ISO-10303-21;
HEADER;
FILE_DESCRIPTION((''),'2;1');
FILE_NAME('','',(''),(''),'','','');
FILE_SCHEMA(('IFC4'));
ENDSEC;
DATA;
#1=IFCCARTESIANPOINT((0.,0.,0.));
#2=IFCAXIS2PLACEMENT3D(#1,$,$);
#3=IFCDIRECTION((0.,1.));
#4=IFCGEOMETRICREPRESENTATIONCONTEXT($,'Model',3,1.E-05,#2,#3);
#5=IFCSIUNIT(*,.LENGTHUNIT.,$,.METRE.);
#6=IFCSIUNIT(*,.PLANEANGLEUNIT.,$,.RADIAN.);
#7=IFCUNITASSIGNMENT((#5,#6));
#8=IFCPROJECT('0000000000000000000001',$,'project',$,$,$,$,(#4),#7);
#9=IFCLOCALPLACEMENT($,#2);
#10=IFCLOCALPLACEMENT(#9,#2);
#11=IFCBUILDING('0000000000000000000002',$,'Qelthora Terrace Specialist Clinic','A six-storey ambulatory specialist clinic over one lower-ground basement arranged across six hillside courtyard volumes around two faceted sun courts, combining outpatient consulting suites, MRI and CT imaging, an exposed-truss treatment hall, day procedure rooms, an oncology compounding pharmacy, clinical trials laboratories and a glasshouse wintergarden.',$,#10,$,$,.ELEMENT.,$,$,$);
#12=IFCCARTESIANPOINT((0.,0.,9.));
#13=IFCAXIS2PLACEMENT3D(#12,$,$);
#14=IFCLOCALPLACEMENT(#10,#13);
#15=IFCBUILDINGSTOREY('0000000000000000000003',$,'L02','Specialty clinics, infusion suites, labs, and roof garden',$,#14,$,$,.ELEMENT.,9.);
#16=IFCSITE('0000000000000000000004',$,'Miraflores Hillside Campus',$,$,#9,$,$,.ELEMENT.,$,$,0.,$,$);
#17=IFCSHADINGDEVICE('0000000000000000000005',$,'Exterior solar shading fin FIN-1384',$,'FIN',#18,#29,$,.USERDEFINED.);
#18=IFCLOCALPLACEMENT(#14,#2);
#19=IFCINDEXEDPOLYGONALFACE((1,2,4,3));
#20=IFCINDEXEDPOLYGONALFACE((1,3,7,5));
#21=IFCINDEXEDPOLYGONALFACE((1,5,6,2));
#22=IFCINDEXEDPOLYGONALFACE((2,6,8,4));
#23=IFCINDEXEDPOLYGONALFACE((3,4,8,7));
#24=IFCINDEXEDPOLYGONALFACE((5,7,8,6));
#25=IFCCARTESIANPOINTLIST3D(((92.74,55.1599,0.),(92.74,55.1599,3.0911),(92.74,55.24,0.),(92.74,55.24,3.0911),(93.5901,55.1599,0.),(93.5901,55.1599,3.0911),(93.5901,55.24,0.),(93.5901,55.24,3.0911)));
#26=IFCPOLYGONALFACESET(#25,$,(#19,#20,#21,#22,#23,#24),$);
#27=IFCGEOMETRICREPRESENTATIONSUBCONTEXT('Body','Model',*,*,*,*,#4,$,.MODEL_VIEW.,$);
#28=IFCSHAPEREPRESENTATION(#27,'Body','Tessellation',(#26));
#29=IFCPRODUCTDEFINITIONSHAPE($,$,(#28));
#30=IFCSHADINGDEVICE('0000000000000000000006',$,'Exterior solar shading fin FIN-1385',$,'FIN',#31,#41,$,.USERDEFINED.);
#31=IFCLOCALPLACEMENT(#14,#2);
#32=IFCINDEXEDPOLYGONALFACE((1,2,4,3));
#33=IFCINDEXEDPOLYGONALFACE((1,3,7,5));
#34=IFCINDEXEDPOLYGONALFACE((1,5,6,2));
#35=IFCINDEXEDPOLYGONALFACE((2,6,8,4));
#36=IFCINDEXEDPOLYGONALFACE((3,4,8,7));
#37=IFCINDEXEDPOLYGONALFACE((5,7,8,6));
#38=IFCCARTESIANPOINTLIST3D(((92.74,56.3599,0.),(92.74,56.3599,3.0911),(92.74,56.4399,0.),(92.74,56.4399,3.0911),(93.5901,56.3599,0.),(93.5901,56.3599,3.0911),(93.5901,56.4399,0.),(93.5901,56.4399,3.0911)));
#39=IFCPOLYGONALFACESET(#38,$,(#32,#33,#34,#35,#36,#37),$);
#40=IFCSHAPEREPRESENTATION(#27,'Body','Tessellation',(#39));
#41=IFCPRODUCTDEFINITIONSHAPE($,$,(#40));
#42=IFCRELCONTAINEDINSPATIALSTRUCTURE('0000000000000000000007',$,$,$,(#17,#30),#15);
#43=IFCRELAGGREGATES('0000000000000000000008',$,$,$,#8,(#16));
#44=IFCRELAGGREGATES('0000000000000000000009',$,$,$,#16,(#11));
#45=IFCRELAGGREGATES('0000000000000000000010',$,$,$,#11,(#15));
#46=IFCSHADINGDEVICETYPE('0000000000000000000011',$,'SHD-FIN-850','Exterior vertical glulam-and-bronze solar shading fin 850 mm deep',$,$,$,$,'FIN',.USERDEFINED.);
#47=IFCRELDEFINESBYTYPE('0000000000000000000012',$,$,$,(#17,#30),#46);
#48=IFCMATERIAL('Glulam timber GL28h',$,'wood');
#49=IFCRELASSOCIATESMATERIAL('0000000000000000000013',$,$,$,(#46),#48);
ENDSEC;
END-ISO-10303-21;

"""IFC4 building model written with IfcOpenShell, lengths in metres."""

from ifc_helpers import new_model, si_unit, direction, frame, origin, origin_2d, place, context, subcontext, project, spatial, rectangle, extrude, material, type_object, element, save


model = new_model("IFC4")

# Units and contexts
model_context = context("Model", 3, precision=1e-05, world=origin(), true_north=direction((0.0, 1.0)))
body_context = subcontext(model_context, "Body", "Model", "MODEL_VIEW")
ifc_project = project(units=[si_unit("LENGTHUNIT", "METRE"), si_unit("PLANEANGLEUNIT", "RADIAN")], contexts=[model_context])

# Site, building, storey
site_placement = place(None, origin())
site = spatial("IfcSite", under=ifc_project, at=site_placement, Name="Miraflores Hillside Campus", CompositionType="ELEMENT", RefElevation=0.0)
building_placement = place(site_placement, origin())
building = spatial("IfcBuilding", under=site, at=building_placement, Name="Qelthora Terrace Specialist Clinic", Description="A six-storey ambulatory specialist clinic over one lower-ground basement arranged across six hillside courtyard volumes around two faceted sun courts, combining outpatient consulting suites, MRI and CT imaging, an exposed-truss treatment hall, day procedure rooms, an oncology compounding pharmacy, clinical trials laboratories and a glasshouse wintergarden.", CompositionType="ELEMENT")
storey_placement = place(building_placement, frame((0.0, 0.0, 9.0)))
storey = spatial("IfcBuildingStorey", under=building, at=storey_placement, Name="L02", Description="Specialty clinics, infusion suites, labs, and roof garden", CompositionType="ELEMENT", Elevation=9.0)

# Shading devices
ifc_material_1 = material(Name="Glulam timber GL28h", Category="wood")
shading_device_type = type_object("IfcShadingDeviceType", Name="SHD-FIN-850", Description="Exterior vertical glulam-and-bronze solar shading fin 850 mm deep", ElementType="FIN", PredefinedType="USERDEFINED", material=ifc_material_1)
for number, where, z_axis, x_axis, name in (
    (1, (93.165, 55.2, 0.0), (0.0, 0.0, 1.0), (-1.0, 0.0, 0.0), "Exterior solar shading fin FIN-1384"),
    (2, (93.165, 56.3999, 0.0), (0.0, 0.0, 1.0), (-1.0, 0.0, 0.0), "Exterior solar shading fin FIN-1385"),
):
    element("IfcShadingDevice", number, at=place(storey_placement, frame(where, z_axis=z_axis, x_axis=x_axis)), inside=storey, type_object=shading_device_type, Name=name, ObjectType="FIN", PredefinedType="USERDEFINED", context=body_context, shape_type="SweptSolid", body=[
        extrude(rectangle(XDim=0.8501, YDim=0.0801, at=origin_2d()), origin(), (0.0, 0.0, 1.0), 3.0911),
    ])

save(model, "model.ifc")
